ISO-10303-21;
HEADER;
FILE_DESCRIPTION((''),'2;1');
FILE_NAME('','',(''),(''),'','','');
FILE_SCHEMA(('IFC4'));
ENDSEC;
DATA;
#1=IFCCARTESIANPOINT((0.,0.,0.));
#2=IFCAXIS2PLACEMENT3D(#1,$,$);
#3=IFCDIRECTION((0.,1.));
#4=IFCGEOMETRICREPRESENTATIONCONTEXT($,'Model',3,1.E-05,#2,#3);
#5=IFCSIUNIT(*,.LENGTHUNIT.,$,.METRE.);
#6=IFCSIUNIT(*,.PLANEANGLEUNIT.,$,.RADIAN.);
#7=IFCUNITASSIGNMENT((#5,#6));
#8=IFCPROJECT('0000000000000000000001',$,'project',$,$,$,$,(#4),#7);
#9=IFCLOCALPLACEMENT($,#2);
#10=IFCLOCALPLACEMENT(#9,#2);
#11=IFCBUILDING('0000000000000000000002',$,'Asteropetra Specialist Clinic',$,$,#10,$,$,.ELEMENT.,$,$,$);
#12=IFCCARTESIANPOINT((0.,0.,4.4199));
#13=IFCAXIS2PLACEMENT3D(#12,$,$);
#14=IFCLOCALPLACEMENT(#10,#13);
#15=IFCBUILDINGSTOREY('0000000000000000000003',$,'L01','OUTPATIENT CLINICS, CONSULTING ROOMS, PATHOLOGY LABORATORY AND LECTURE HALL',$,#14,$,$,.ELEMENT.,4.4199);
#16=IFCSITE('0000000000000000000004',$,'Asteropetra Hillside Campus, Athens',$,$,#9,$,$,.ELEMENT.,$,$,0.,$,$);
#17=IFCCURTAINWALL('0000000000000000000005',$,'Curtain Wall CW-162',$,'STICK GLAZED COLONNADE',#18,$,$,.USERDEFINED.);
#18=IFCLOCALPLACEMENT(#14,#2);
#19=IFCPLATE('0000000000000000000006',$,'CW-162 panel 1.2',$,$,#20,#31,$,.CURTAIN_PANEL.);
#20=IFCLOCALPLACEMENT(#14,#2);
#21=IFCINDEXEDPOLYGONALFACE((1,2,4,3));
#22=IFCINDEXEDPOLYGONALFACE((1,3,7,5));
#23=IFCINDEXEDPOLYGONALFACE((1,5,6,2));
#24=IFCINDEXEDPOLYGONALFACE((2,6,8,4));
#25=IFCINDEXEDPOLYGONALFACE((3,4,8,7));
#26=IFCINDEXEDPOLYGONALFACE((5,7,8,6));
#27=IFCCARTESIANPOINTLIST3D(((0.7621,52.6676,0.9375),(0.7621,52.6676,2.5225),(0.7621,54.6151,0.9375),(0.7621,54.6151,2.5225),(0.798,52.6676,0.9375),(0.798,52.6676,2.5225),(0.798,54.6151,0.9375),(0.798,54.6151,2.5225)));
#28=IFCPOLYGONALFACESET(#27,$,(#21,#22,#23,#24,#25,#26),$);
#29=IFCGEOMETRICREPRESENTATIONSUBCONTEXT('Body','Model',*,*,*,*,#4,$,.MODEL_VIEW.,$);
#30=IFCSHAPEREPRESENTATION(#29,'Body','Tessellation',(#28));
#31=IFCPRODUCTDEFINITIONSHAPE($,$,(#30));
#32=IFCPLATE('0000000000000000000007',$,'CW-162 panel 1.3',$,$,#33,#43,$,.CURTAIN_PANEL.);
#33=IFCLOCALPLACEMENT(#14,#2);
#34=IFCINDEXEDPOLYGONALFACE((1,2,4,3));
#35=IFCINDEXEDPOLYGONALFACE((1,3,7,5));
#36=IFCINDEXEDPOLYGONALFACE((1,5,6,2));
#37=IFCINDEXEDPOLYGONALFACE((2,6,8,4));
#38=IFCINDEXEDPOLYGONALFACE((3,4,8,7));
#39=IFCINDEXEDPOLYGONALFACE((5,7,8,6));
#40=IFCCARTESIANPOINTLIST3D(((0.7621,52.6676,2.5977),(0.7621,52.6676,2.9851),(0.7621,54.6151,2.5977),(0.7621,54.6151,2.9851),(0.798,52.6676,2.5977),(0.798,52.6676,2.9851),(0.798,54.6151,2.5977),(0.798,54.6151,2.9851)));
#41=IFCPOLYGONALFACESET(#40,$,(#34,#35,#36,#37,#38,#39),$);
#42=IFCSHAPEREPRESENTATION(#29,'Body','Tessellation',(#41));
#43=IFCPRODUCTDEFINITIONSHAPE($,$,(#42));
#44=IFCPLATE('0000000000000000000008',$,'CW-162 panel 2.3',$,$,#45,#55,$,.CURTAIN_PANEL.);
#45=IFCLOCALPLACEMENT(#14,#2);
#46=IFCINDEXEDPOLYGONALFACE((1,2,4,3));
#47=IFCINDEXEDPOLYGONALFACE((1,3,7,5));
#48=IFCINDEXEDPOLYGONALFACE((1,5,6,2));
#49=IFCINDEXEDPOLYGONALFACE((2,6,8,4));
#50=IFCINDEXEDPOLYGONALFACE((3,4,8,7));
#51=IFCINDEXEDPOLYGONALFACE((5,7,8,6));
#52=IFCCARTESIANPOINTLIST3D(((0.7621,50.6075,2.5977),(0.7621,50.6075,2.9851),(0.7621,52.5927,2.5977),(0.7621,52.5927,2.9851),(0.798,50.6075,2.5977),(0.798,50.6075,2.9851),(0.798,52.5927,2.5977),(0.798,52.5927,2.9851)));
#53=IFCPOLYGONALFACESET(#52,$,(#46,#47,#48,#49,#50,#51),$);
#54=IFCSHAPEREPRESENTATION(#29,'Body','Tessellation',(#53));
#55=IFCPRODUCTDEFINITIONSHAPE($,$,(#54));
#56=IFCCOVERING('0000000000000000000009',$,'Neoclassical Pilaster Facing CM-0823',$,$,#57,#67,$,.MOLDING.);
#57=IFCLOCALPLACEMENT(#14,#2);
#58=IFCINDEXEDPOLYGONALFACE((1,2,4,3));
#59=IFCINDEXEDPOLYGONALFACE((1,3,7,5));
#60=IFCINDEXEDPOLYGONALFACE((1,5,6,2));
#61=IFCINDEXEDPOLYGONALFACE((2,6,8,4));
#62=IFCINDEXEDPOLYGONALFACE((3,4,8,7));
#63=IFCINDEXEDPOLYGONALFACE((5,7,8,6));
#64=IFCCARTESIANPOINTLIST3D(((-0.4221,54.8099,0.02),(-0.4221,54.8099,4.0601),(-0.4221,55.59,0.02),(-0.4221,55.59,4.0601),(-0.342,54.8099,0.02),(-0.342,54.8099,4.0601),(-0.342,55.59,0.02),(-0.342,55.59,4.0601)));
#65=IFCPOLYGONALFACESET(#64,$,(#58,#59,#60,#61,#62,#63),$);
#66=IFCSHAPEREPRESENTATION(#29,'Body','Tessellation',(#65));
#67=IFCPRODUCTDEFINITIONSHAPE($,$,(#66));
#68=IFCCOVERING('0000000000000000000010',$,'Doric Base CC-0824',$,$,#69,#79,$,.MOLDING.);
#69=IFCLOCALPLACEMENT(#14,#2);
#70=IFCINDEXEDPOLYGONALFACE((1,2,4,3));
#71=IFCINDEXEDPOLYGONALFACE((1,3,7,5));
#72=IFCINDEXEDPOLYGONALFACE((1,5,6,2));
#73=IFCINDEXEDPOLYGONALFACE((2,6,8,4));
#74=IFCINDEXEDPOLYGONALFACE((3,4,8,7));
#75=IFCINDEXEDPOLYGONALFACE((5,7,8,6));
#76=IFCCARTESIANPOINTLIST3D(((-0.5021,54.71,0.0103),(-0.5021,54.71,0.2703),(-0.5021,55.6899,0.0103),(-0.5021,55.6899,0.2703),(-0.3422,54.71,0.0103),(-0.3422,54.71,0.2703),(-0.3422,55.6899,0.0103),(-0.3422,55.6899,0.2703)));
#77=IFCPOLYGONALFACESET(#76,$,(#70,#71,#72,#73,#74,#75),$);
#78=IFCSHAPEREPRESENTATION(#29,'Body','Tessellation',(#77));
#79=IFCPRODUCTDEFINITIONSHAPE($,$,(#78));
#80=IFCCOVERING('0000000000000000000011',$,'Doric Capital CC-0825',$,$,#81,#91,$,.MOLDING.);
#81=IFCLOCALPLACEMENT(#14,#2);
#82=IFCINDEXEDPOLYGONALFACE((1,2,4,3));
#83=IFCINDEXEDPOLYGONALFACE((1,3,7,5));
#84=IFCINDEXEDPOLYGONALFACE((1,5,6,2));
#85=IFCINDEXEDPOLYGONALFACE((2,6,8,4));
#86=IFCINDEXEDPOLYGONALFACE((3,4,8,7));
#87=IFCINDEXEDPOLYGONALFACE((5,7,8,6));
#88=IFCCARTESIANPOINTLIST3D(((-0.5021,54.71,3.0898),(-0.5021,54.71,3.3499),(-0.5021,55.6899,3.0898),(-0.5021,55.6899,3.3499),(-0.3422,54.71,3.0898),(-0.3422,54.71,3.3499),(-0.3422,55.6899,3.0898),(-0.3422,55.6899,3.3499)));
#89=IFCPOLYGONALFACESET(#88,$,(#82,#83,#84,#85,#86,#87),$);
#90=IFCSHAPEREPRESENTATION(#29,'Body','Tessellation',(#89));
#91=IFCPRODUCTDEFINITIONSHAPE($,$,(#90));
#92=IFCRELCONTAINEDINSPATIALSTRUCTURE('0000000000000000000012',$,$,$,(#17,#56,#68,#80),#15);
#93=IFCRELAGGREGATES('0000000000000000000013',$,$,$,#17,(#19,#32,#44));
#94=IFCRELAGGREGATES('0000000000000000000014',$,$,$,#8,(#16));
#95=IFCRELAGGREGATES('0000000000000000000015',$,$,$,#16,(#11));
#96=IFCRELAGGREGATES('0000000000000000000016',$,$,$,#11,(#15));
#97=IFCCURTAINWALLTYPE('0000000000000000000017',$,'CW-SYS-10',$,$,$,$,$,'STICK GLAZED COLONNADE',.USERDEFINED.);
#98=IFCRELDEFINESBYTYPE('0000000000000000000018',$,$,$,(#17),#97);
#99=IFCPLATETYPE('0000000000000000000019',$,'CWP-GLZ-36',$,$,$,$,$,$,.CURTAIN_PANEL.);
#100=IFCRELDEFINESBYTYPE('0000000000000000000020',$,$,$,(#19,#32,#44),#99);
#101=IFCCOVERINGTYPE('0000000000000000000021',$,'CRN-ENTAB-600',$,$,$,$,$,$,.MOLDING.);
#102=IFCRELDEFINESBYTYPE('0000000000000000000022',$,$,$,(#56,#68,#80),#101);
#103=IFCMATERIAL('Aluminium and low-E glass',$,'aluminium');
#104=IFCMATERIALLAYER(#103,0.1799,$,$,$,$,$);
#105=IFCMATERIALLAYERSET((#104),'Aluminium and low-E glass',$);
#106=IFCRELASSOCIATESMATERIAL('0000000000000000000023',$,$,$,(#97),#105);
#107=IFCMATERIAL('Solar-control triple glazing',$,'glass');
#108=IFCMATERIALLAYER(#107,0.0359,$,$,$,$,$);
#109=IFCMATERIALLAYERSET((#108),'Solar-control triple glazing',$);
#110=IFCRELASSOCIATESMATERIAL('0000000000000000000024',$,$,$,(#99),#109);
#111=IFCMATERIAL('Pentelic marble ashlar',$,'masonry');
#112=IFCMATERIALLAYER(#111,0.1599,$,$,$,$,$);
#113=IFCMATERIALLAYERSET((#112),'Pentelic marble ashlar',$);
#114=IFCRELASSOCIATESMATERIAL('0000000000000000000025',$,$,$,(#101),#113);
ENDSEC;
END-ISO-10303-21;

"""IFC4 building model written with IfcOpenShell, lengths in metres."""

from ifc_helpers import new_model, si_unit, direction, frame, origin, origin_2d, place, context, subcontext, project, spatial, rectangle, extrude, material, layer, layer_set, type_object, element, aggregate, save


model = new_model("IFC4")

# Units and contexts
model_context = context("Model", 3, precision=1e-05, world=origin(), true_north=direction((0.0, 1.0)))
body_context = subcontext(model_context, "Body", "Model", "MODEL_VIEW")
ifc_project = project(units=[si_unit("LENGTHUNIT", "METRE"), si_unit("PLANEANGLEUNIT", "RADIAN")], contexts=[model_context])

# Site, building, storey
site_placement = place(None, origin())
site = spatial("IfcSite", under=ifc_project, at=site_placement, Name="Asteropetra Hillside Campus, Athens", CompositionType="ELEMENT", RefElevation=0.0)
building_placement = place(site_placement, origin())
building = spatial("IfcBuilding", under=site, at=building_placement, Name="Asteropetra Specialist Clinic", CompositionType="ELEMENT")
storey_placement = place(building_placement, frame((0.0, 0.0, 4.4199)))
storey = spatial("IfcBuildingStorey", under=building, at=storey_placement, Name="L01", Description="OUTPATIENT CLINICS, CONSULTING ROOMS, PATHOLOGY LABORATORY AND LECTURE HALL", CompositionType="ELEMENT", Elevation=4.4199)

# Curtain wall
ifc_material_1 = material(Name="Aluminium and low-E glass", Category="aluminium")
ifc_layer_1 = layer(ifc_material_1, 0.1799)
ifc_layer_set_1 = layer_set([ifc_layer_1], Name="Aluminium and low-E glass")
curtain_wall_type_1 = type_object("IfcCurtainWallType", Name="CW-SYS-10", ElementType="STICK GLAZED COLONNADE", PredefinedType="USERDEFINED", material=ifc_layer_set_1)
curtain_wall_1_placement = place(storey_placement, origin())
curtain_wall_1 = element("IfcCurtainWall", 1, at=curtain_wall_1_placement, inside=storey, type_object=curtain_wall_type_1, Name="Curtain Wall CW-162", ObjectType="STICK GLAZED COLONNADE", PredefinedType="USERDEFINED")

# Plates
ifc_material_2 = material(Name="Solar-control triple glazing", Category="glass")
ifc_layer_2 = layer(ifc_material_2, 0.0359)
ifc_layer_set_2 = layer_set([ifc_layer_2], Name="Solar-control triple glazing")
plate_type_1 = type_object("IfcPlateType", Name="CWP-GLZ-36", PredefinedType="CURTAIN_PANEL", material=ifc_layer_set_2)
plate_1_placement = place(storey_placement, frame((0.78, 53.6414, 0.9375), z_axis=(0.0, 0.0, 1.0), x_axis=(0.0, -1.0, 0.0)))
plate_1 = element("IfcPlate", 2, at=plate_1_placement, type_object=plate_type_1, Name="CW-162 panel 1.2", PredefinedType="CURTAIN_PANEL", context=body_context, shape_type="SweptSolid", body=[
    extrude(rectangle(XDim=1.9475, YDim=0.0359, at=origin_2d()), origin(), (0.0, 0.0, 1.0), 1.585),
])
plate_2_placement = place(storey_placement, frame((0.78, 53.6414, 2.5977), z_axis=(0.0, 0.0, 1.0), x_axis=(0.0, -1.0, 0.0)))
plate_2 = element("IfcPlate", 3, at=plate_2_placement, type_object=plate_type_1, Name="CW-162 panel 1.3", PredefinedType="CURTAIN_PANEL", context=body_context, shape_type="SweptSolid", body=[
    extrude(rectangle(XDim=1.9475, YDim=0.0359, at=origin_2d()), origin(), (0.0, 0.0, 1.0), 0.3875),
])
plate_3_placement = place(storey_placement, frame((0.78, 51.6001, 2.5977), z_axis=(0.0, 0.0, 1.0), x_axis=(0.0, -1.0, 0.0)))
plate_3 = element("IfcPlate", 4, at=plate_3_placement, type_object=plate_type_1, Name="CW-162 panel 2.3", PredefinedType="CURTAIN_PANEL", context=body_context, shape_type="SweptSolid", body=[
    extrude(rectangle(XDim=1.9851, YDim=0.0359, at=origin_2d()), origin(), (0.0, 0.0, 1.0), 0.3875),
])
aggregate(curtain_wall_1, [plate_1, plate_2, plate_3])

# Coverings
ifc_material_3 = material(Name="Pentelic marble ashlar", Category="masonry")
ifc_layer_3 = layer(ifc_material_3, 0.1599)
ifc_layer_set_3 = layer_set([ifc_layer_3], Name="Pentelic marble ashlar")
covering_type = type_object("IfcCoveringType", Name="CRN-ENTAB-600", PredefinedType="MOLDING", material=ifc_layer_set_3)
covering_placement = place(storey_placement, frame((-0.3821, 55.2, 0.02), z_axis=(0.0, 0.0, 1.0), x_axis=(1.0, 0.0, 0.0)))
element("IfcCovering", 5, at=covering_placement, inside=storey, type_object=covering_type, Name="Neoclassical Pilaster Facing CM-0823", PredefinedType="MOLDING", context=body_context, shape_type="SweptSolid", body=[
    extrude(rectangle(XDim=0.0801, YDim=0.78, at=origin_2d()), origin(), (0.0, 0.0, 1.0), 4.04),
])
for number, where, z_axis, x_axis, name in (
    (6, (-0.4221, 55.2, 0.0103), (0.0, 0.0, 1.0), (1.0, 0.0, 0.0), "Doric Base CC-0824"),
    (7, (-0.4221, 55.2, 3.0898), (0.0, 0.0, 1.0), (1.0, 0.0, 0.0), "Doric Capital CC-0825"),
):
    element("IfcCovering", number, at=place(storey_placement, frame(where, z_axis=z_axis, x_axis=x_axis)), inside=storey, type_object=covering_type, Name=name, PredefinedType="MOLDING", context=body_context, shape_type="SweptSolid", body=[
        extrude(rectangle(XDim=0.1599, YDim=0.98, at=origin_2d()), origin(), (0.0, 0.0, 1.0), 0.26),
    ])

save(model, "model.ifc")
